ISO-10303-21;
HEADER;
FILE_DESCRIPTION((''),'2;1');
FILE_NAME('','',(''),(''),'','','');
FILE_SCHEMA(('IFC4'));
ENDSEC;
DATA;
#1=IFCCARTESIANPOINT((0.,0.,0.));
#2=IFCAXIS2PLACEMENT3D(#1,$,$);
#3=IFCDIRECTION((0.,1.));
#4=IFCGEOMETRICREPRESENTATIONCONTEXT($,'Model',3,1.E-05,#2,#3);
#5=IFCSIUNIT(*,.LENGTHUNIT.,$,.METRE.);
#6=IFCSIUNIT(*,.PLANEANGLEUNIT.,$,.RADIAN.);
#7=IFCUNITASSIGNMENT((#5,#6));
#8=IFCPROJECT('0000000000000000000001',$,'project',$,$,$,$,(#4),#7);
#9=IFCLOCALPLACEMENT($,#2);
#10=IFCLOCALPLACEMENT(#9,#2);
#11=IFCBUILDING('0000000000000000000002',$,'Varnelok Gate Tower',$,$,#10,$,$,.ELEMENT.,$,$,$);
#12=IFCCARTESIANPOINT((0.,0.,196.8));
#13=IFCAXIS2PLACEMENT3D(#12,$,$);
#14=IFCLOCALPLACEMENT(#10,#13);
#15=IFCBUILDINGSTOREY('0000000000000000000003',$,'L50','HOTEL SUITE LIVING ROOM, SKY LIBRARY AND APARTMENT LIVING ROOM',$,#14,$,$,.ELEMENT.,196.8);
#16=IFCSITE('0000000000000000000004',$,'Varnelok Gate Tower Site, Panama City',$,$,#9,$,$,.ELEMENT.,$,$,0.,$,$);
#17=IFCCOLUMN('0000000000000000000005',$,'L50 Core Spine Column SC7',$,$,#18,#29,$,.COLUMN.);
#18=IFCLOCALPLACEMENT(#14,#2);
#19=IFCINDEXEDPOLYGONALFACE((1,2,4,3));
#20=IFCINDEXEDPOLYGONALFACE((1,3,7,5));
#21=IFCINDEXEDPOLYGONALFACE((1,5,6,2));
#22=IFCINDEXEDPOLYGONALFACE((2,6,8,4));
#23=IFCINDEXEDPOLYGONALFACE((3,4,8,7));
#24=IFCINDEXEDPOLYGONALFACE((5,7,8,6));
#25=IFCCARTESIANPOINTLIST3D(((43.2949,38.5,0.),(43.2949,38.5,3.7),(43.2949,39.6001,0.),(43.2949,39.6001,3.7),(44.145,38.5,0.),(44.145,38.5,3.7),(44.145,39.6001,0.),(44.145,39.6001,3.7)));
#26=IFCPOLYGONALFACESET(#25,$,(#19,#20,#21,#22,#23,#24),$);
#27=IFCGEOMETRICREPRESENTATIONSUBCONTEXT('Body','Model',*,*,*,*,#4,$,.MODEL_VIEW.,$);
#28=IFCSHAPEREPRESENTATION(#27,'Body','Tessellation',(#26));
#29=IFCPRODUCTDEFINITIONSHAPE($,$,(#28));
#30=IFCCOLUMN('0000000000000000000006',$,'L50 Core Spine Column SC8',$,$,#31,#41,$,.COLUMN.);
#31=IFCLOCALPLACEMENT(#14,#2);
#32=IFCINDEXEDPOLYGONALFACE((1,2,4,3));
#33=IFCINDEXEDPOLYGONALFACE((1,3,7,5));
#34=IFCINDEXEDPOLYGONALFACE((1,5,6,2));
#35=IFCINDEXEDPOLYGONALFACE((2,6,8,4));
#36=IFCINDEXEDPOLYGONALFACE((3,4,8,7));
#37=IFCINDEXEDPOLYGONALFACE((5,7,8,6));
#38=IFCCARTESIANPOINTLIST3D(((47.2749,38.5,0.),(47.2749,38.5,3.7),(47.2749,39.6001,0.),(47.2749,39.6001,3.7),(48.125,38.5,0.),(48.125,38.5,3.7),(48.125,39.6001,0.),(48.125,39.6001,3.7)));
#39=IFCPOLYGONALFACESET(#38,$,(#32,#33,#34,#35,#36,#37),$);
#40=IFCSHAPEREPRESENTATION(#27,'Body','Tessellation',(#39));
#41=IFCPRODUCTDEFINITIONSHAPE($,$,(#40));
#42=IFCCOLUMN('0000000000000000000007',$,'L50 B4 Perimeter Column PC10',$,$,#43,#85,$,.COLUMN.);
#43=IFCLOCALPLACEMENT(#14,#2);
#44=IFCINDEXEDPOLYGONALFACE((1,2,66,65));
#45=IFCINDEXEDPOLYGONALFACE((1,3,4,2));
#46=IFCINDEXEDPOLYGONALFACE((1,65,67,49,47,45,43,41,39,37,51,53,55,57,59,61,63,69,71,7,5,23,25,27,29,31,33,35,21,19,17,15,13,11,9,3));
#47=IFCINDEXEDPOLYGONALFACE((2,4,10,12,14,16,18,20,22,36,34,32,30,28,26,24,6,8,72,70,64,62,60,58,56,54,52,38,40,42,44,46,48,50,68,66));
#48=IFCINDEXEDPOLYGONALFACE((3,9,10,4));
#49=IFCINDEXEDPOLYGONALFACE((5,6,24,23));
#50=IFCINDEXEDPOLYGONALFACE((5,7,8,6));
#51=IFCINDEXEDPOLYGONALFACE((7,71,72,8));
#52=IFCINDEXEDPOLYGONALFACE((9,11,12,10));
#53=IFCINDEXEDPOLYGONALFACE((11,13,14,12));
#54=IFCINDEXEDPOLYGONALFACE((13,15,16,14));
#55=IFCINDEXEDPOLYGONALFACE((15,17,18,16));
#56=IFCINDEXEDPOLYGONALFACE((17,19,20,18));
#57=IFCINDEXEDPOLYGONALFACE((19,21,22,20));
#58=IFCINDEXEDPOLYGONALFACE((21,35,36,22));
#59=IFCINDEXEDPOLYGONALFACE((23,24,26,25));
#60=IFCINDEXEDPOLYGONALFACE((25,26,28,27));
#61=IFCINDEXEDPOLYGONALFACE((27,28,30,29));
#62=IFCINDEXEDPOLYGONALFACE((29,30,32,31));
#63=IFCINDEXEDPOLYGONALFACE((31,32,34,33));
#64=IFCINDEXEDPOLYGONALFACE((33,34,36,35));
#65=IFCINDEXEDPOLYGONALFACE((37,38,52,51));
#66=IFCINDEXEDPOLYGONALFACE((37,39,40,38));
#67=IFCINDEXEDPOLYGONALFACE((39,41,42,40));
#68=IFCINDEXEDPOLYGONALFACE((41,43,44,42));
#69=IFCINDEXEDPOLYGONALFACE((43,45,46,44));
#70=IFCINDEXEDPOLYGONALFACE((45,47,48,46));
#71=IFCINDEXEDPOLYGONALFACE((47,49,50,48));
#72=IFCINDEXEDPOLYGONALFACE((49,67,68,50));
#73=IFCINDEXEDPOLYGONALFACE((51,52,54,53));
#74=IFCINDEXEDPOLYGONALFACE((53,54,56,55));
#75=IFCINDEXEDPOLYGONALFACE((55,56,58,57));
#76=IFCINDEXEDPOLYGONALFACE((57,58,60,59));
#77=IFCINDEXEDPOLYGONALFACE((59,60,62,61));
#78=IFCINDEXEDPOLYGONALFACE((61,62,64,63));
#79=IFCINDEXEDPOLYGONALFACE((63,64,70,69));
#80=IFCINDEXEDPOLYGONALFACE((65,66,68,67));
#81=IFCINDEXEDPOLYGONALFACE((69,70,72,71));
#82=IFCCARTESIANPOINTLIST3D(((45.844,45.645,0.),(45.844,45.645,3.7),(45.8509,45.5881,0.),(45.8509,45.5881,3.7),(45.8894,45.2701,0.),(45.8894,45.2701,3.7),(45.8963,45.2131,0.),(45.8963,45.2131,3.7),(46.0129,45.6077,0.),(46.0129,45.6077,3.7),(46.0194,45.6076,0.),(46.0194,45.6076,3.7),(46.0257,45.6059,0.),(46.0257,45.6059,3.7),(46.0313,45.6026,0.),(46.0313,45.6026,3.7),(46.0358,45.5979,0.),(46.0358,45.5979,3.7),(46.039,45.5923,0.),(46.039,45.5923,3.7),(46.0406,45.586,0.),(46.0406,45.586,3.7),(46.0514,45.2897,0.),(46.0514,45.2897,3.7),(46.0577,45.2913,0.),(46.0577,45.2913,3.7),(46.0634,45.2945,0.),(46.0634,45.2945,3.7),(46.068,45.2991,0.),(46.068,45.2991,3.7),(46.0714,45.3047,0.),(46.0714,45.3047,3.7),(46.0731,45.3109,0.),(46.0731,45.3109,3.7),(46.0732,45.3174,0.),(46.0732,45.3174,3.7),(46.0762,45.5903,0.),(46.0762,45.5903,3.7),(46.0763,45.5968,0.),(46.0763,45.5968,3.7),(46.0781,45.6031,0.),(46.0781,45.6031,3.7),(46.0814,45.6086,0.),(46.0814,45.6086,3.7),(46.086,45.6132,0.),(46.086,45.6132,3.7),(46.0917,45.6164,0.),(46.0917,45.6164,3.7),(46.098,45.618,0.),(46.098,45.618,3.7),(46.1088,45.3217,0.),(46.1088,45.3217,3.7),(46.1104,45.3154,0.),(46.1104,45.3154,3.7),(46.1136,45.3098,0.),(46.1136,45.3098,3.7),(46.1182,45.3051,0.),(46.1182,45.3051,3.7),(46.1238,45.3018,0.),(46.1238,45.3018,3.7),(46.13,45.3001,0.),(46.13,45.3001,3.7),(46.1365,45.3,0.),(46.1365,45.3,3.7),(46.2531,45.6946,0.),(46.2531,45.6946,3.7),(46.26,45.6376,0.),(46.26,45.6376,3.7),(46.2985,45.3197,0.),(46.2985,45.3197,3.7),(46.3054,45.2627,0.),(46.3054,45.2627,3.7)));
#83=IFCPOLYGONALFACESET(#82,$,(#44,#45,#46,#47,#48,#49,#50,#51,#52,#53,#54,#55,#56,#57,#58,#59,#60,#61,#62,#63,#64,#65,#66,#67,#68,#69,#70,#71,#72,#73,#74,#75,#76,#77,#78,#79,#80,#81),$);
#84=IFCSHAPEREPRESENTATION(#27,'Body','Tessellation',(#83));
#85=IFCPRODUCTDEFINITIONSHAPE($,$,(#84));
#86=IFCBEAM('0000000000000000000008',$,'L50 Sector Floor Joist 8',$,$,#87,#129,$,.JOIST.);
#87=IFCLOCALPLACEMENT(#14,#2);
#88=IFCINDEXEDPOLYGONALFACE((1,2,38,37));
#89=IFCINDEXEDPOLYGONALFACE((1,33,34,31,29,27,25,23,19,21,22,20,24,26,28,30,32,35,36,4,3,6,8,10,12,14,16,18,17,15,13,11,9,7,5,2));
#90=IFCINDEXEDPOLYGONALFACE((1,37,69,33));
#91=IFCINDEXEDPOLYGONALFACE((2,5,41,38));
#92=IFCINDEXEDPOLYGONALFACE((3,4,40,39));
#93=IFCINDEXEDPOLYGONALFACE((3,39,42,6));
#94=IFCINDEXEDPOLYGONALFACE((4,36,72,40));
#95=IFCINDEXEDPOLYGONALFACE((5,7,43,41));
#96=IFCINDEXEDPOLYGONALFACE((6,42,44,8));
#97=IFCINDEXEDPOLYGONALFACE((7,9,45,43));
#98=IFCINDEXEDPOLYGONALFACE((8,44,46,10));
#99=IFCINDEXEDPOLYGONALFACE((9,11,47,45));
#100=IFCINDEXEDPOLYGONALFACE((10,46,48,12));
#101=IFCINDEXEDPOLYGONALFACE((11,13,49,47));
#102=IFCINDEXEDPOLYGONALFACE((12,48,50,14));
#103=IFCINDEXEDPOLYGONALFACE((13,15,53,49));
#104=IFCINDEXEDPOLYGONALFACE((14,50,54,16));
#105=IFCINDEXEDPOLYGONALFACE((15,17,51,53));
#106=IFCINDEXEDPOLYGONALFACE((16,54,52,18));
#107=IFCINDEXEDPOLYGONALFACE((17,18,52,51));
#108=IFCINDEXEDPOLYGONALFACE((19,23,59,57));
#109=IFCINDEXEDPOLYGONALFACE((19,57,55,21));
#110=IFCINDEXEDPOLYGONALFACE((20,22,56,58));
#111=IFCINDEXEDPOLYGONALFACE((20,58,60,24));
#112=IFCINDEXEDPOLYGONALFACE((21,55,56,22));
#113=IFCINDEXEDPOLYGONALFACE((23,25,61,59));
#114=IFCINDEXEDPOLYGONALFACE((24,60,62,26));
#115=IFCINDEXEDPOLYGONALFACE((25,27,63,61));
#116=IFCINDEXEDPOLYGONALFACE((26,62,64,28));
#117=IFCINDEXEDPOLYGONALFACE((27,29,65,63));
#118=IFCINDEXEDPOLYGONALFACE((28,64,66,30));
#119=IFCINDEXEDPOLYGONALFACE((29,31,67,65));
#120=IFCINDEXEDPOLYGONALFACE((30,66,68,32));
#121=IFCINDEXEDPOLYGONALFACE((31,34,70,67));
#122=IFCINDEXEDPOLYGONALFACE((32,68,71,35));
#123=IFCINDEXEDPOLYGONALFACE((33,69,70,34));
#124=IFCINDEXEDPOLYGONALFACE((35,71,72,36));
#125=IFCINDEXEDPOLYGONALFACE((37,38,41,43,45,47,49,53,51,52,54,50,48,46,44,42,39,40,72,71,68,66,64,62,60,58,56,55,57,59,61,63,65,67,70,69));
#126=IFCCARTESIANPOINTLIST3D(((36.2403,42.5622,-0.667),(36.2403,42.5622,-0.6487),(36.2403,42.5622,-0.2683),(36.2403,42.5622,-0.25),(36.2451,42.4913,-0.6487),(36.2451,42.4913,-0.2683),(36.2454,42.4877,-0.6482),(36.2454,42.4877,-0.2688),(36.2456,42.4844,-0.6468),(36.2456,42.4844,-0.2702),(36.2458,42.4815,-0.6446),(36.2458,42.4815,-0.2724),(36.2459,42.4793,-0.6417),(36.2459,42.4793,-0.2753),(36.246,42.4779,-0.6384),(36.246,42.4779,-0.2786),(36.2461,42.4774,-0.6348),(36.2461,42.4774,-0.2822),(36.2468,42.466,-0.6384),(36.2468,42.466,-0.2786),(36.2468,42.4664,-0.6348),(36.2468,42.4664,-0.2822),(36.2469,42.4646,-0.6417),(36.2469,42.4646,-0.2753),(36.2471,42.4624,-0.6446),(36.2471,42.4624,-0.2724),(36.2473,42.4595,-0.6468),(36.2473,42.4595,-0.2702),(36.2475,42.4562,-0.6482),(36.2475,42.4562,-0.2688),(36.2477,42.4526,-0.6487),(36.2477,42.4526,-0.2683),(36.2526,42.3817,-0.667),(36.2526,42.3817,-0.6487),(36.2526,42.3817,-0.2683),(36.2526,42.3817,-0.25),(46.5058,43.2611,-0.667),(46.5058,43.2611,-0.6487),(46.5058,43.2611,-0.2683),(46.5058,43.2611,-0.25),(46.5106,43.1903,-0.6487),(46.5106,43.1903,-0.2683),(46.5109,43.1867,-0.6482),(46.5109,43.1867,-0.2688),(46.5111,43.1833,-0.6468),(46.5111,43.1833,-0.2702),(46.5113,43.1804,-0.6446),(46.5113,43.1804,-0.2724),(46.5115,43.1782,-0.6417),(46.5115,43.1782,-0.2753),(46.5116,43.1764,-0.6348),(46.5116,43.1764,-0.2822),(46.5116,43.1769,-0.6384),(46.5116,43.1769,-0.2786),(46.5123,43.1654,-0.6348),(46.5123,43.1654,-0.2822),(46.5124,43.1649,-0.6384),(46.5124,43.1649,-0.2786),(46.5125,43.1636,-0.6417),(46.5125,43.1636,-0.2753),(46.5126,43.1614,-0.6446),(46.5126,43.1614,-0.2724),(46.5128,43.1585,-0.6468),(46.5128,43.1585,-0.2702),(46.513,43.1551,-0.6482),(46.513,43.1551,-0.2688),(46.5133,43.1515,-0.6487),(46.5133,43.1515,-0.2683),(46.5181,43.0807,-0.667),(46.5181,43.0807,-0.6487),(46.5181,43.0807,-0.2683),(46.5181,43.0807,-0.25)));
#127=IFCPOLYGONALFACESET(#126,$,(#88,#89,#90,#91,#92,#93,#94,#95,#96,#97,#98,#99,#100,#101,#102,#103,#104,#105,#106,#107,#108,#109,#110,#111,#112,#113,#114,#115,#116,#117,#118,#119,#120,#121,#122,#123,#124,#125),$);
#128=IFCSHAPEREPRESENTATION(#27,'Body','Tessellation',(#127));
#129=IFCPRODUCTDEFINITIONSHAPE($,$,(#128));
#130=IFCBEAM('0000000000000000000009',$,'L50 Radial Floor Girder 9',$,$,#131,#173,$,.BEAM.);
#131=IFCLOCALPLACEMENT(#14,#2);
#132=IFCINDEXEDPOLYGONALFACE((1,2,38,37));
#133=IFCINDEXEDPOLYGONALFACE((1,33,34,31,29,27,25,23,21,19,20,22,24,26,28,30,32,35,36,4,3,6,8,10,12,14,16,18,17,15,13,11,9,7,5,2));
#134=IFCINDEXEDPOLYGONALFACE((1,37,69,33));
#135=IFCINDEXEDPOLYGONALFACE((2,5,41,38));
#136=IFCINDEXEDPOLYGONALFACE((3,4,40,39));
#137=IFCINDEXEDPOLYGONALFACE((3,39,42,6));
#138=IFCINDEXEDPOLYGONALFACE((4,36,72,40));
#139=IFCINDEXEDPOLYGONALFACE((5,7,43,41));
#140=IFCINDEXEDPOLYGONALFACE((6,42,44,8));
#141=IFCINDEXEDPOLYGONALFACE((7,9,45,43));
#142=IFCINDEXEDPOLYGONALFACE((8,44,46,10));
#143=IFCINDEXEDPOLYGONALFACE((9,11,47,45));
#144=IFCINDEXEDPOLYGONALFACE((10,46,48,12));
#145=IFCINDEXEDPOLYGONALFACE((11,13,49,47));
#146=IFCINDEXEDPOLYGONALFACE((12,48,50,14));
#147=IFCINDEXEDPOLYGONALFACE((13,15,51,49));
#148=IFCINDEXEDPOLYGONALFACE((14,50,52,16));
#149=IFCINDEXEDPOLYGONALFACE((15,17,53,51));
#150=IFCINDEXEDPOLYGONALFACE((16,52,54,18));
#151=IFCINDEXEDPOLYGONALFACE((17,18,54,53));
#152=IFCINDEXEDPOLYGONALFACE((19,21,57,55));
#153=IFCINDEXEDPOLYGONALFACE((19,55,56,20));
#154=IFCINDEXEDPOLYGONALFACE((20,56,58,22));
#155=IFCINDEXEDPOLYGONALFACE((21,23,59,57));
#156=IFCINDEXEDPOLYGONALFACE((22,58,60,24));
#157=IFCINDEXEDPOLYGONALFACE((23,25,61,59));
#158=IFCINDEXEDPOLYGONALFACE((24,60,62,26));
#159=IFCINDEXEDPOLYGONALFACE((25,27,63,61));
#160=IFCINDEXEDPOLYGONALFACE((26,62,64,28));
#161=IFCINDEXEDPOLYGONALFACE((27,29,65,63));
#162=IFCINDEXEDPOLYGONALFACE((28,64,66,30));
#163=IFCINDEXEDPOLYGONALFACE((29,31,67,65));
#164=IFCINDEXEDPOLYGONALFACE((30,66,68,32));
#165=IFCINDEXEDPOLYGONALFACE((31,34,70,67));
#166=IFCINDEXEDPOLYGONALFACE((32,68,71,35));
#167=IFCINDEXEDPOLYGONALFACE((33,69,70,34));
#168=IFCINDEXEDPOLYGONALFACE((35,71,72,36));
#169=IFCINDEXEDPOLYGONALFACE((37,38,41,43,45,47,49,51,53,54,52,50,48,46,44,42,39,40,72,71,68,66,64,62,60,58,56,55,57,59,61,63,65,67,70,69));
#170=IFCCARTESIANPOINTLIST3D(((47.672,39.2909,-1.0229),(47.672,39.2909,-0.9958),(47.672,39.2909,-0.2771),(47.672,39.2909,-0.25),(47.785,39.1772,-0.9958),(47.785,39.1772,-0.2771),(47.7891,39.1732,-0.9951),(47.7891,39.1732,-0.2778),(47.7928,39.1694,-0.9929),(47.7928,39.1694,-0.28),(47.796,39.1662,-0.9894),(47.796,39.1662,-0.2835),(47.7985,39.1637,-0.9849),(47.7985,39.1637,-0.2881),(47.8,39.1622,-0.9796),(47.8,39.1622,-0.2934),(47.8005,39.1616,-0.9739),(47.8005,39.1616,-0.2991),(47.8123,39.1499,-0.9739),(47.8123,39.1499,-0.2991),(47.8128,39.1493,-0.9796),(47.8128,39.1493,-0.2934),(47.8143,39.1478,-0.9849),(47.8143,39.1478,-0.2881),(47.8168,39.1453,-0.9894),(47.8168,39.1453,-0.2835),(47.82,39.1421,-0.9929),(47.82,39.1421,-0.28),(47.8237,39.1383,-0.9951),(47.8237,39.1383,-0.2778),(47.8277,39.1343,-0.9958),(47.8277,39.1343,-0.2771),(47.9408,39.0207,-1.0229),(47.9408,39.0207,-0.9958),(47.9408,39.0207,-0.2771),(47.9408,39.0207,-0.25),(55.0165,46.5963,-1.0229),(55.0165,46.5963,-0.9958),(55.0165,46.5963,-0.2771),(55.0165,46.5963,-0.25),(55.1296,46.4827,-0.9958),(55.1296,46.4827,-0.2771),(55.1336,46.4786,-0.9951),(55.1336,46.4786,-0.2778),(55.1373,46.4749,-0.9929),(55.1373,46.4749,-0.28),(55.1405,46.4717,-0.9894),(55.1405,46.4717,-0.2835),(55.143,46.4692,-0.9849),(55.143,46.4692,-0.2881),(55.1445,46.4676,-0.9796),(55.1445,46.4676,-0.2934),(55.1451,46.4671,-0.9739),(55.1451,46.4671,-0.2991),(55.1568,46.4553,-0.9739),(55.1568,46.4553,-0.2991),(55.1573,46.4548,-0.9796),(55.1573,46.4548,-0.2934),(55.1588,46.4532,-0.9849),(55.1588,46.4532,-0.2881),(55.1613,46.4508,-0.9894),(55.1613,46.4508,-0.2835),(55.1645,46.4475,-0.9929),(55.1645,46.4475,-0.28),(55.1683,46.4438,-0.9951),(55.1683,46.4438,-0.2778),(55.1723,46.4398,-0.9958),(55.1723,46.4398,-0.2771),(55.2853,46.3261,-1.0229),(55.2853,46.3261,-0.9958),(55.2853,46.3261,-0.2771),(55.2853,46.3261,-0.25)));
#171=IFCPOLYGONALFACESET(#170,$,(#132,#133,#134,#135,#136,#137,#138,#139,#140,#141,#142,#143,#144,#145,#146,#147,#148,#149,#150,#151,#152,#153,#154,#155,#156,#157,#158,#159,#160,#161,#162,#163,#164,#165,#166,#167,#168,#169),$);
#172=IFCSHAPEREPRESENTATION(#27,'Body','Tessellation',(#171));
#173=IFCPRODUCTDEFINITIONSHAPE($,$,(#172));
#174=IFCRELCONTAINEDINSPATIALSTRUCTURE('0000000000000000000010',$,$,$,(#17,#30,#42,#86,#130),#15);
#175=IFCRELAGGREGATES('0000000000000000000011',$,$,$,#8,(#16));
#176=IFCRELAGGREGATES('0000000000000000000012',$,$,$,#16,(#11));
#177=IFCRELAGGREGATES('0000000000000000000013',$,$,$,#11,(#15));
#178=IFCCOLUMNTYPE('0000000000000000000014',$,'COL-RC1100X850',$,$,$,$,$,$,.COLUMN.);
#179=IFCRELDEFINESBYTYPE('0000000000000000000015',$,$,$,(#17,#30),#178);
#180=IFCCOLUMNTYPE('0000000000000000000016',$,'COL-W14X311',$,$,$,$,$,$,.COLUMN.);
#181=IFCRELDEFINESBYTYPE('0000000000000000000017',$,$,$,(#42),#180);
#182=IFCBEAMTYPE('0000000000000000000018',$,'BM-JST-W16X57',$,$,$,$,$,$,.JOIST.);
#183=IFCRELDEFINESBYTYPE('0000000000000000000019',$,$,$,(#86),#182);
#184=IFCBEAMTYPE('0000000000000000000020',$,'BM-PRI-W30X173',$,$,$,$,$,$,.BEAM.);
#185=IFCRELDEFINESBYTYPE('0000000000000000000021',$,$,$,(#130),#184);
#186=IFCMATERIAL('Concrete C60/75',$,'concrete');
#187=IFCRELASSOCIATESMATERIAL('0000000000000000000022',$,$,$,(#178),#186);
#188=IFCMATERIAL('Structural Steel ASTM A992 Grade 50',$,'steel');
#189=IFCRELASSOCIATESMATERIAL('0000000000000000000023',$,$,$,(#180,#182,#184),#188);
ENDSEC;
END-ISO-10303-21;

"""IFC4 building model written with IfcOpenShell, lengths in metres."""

from ifc_helpers import new_model, si_unit, direction, frame, origin, origin_2d, place, context, subcontext, project, spatial, rectangle, i_section, extrude, material, material_profile, profile_set, type_object, element, save


model = new_model("IFC4")

# Units and contexts
model_context = context("Model", 3, precision=1e-05, world=origin(), true_north=direction((0.0, 1.0)))
body_context = subcontext(model_context, "Body", "Model", "MODEL_VIEW")
ifc_project = project(units=[si_unit("LENGTHUNIT", "METRE"), si_unit("PLANEANGLEUNIT", "RADIAN")], contexts=[model_context])

# Site, building, storey
site_placement = place(None, origin())
site = spatial("IfcSite", under=ifc_project, at=site_placement, Name="Varnelok Gate Tower Site, Panama City", CompositionType="ELEMENT", RefElevation=0.0)
building_placement = place(site_placement, origin())
building = spatial("IfcBuilding", under=site, at=building_placement, Name="Varnelok Gate Tower", CompositionType="ELEMENT")
storey_placement = place(building_placement, frame((0.0, 0.0, 196.8)))
storey = spatial("IfcBuildingStorey", under=building, at=storey_placement, Name="L50", Description="HOTEL SUITE LIVING ROOM, SKY LIBRARY AND APARTMENT LIVING ROOM", CompositionType="ELEMENT", Elevation=196.8)

# Columns
ifc_material_1 = material(Name="Concrete C60/75", Category="concrete")
ifc_material_profile_1 = material_profile(ifc_material_1, rectangle(XDim=0.8501, YDim=1.1001, at=origin_2d()), Name="RC1100X850")
ifc_profile_set_1 = profile_set([ifc_material_profile_1], Name="Concrete C60/75")
column_type_1 = type_object("IfcColumnType", Name="COL-RC1100X850", PredefinedType="COLUMN", material=ifc_profile_set_1)
for number, where, z_axis, x_axis, name in (
    (1, (43.72, 39.05, 0.0), (0.0, 0.0, 1.0), (1.0, 0.0, 0.0), "L50 Core Spine Column SC7"),
    (2, (47.7, 39.05, 0.0), (0.0, 0.0, 1.0), (1.0, 0.0, 0.0), "L50 Core Spine Column SC8"),
):
    element("IfcColumn", number, at=place(storey_placement, frame(where, z_axis=z_axis, x_axis=x_axis)), inside=storey, type_object=column_type_1, Name=name, PredefinedType="COLUMN", context=body_context, shape_type="SweptSolid", body=[
        extrude(rectangle(XDim=0.8501, YDim=1.1001, at=origin_2d()), origin(), (0.0, 0.0, 1.0), 3.7),
    ])
ifc_material_2 = material(Name="Structural Steel ASTM A992 Grade 50", Category="steel")
ifc_material_profile_2 = material_profile(ifc_material_2, i_section(OverallWidth=0.4121, OverallDepth=0.4351, WebThickness=0.0359, FlangeThickness=0.0574, FilletRadius=0.0249, at=origin_2d()), Name="W14X311")
ifc_profile_set_2 = profile_set([ifc_material_profile_2], Name="Structural Steel ASTM A992 Grade 50")
column_type_2 = type_object("IfcColumnType", Name="COL-W14X311", PredefinedType="COLUMN", material=ifc_profile_set_2)
column_placement = place(storey_placement, frame((46.0747, 45.4539, 0.0), z_axis=(0.0, 0.0, 1.0), x_axis=(0.992732, 0.120345, 0.0)))
element("IfcColumn", 3, at=column_placement, inside=storey, type_object=column_type_2, Name="L50 B4 Perimeter Column PC10", PredefinedType="COLUMN", context=body_context, shape_type="SweptSolid", body=[
    extrude(i_section(OverallWidth=0.4121, OverallDepth=0.4351, WebThickness=0.0359, FlangeThickness=0.0574, FilletRadius=0.0249, at=origin_2d()), origin(), (0.0, 0.0, 1.0), 3.7),
])

# Beams
ifc_material_profile_3 = material_profile(ifc_material_2, i_section(OverallWidth=0.1809, OverallDepth=0.417, WebThickness=0.011, FlangeThickness=0.0183, FilletRadius=0.0139, at=origin_2d()), Name="W16X57")
ifc_profile_set_3 = profile_set([ifc_material_profile_3], Name="Structural Steel ASTM A992 Grade 50")
beam_type_1 = type_object("IfcBeamType", Name="BM-JST-W16X57", PredefinedType="JOIST", material=ifc_profile_set_3)
beam_1_placement = place(storey_placement, frame((46.512, 43.1709, -0.4585), z_axis=(-0.99769, -0.067932, 0.0), x_axis=(0.067932, -0.99769, 0.0)))
element("IfcBeam", 4, at=beam_1_placement, inside=storey, type_object=beam_type_1, Name="L50 Sector Floor Joist 8", PredefinedType="JOIST", context=body_context, shape_type="SweptSolid", body=[
    extrude(i_section(OverallWidth=0.1809, OverallDepth=0.417, WebThickness=0.011, FlangeThickness=0.0183, FilletRadius=0.0139, at=origin_2d()), origin(), (0.0, 0.0, 1.0), 10.2893),
])
ifc_material_profile_4 = material_profile(ifc_material_2, i_section(OverallWidth=0.3811, OverallDepth=0.7729, WebThickness=0.0166, FlangeThickness=0.0271, FilletRadius=0.022, at=origin_2d()), Name="W30X173")
ifc_profile_set_4 = profile_set([ifc_material_profile_4], Name="Structural Steel ASTM A992 Grade 50")
beam_type_2 = type_object("IfcBeamType", Name="BM-PRI-W30X173", PredefinedType="BEAM", material=ifc_profile_set_4)
beam_2_placement = place(storey_placement, frame((47.8064, 39.1558, -0.6365), z_axis=(0.70899, 0.705219, 0.0), x_axis=(-0.705219, 0.70899, 0.0)))
element("IfcBeam", 5, at=beam_2_placement, inside=storey, type_object=beam_type_2, Name="L50 Radial Floor Girder 9", PredefinedType="BEAM", context=body_context, shape_type="SweptSolid", body=[
    extrude(i_section(OverallWidth=0.3811, OverallDepth=0.7729, WebThickness=0.0166, FlangeThickness=0.0271, FilletRadius=0.022, at=origin_2d()), origin(), (0.0, 0.0, 1.0), 10.3591),
])

save(model, "model.ifc")
